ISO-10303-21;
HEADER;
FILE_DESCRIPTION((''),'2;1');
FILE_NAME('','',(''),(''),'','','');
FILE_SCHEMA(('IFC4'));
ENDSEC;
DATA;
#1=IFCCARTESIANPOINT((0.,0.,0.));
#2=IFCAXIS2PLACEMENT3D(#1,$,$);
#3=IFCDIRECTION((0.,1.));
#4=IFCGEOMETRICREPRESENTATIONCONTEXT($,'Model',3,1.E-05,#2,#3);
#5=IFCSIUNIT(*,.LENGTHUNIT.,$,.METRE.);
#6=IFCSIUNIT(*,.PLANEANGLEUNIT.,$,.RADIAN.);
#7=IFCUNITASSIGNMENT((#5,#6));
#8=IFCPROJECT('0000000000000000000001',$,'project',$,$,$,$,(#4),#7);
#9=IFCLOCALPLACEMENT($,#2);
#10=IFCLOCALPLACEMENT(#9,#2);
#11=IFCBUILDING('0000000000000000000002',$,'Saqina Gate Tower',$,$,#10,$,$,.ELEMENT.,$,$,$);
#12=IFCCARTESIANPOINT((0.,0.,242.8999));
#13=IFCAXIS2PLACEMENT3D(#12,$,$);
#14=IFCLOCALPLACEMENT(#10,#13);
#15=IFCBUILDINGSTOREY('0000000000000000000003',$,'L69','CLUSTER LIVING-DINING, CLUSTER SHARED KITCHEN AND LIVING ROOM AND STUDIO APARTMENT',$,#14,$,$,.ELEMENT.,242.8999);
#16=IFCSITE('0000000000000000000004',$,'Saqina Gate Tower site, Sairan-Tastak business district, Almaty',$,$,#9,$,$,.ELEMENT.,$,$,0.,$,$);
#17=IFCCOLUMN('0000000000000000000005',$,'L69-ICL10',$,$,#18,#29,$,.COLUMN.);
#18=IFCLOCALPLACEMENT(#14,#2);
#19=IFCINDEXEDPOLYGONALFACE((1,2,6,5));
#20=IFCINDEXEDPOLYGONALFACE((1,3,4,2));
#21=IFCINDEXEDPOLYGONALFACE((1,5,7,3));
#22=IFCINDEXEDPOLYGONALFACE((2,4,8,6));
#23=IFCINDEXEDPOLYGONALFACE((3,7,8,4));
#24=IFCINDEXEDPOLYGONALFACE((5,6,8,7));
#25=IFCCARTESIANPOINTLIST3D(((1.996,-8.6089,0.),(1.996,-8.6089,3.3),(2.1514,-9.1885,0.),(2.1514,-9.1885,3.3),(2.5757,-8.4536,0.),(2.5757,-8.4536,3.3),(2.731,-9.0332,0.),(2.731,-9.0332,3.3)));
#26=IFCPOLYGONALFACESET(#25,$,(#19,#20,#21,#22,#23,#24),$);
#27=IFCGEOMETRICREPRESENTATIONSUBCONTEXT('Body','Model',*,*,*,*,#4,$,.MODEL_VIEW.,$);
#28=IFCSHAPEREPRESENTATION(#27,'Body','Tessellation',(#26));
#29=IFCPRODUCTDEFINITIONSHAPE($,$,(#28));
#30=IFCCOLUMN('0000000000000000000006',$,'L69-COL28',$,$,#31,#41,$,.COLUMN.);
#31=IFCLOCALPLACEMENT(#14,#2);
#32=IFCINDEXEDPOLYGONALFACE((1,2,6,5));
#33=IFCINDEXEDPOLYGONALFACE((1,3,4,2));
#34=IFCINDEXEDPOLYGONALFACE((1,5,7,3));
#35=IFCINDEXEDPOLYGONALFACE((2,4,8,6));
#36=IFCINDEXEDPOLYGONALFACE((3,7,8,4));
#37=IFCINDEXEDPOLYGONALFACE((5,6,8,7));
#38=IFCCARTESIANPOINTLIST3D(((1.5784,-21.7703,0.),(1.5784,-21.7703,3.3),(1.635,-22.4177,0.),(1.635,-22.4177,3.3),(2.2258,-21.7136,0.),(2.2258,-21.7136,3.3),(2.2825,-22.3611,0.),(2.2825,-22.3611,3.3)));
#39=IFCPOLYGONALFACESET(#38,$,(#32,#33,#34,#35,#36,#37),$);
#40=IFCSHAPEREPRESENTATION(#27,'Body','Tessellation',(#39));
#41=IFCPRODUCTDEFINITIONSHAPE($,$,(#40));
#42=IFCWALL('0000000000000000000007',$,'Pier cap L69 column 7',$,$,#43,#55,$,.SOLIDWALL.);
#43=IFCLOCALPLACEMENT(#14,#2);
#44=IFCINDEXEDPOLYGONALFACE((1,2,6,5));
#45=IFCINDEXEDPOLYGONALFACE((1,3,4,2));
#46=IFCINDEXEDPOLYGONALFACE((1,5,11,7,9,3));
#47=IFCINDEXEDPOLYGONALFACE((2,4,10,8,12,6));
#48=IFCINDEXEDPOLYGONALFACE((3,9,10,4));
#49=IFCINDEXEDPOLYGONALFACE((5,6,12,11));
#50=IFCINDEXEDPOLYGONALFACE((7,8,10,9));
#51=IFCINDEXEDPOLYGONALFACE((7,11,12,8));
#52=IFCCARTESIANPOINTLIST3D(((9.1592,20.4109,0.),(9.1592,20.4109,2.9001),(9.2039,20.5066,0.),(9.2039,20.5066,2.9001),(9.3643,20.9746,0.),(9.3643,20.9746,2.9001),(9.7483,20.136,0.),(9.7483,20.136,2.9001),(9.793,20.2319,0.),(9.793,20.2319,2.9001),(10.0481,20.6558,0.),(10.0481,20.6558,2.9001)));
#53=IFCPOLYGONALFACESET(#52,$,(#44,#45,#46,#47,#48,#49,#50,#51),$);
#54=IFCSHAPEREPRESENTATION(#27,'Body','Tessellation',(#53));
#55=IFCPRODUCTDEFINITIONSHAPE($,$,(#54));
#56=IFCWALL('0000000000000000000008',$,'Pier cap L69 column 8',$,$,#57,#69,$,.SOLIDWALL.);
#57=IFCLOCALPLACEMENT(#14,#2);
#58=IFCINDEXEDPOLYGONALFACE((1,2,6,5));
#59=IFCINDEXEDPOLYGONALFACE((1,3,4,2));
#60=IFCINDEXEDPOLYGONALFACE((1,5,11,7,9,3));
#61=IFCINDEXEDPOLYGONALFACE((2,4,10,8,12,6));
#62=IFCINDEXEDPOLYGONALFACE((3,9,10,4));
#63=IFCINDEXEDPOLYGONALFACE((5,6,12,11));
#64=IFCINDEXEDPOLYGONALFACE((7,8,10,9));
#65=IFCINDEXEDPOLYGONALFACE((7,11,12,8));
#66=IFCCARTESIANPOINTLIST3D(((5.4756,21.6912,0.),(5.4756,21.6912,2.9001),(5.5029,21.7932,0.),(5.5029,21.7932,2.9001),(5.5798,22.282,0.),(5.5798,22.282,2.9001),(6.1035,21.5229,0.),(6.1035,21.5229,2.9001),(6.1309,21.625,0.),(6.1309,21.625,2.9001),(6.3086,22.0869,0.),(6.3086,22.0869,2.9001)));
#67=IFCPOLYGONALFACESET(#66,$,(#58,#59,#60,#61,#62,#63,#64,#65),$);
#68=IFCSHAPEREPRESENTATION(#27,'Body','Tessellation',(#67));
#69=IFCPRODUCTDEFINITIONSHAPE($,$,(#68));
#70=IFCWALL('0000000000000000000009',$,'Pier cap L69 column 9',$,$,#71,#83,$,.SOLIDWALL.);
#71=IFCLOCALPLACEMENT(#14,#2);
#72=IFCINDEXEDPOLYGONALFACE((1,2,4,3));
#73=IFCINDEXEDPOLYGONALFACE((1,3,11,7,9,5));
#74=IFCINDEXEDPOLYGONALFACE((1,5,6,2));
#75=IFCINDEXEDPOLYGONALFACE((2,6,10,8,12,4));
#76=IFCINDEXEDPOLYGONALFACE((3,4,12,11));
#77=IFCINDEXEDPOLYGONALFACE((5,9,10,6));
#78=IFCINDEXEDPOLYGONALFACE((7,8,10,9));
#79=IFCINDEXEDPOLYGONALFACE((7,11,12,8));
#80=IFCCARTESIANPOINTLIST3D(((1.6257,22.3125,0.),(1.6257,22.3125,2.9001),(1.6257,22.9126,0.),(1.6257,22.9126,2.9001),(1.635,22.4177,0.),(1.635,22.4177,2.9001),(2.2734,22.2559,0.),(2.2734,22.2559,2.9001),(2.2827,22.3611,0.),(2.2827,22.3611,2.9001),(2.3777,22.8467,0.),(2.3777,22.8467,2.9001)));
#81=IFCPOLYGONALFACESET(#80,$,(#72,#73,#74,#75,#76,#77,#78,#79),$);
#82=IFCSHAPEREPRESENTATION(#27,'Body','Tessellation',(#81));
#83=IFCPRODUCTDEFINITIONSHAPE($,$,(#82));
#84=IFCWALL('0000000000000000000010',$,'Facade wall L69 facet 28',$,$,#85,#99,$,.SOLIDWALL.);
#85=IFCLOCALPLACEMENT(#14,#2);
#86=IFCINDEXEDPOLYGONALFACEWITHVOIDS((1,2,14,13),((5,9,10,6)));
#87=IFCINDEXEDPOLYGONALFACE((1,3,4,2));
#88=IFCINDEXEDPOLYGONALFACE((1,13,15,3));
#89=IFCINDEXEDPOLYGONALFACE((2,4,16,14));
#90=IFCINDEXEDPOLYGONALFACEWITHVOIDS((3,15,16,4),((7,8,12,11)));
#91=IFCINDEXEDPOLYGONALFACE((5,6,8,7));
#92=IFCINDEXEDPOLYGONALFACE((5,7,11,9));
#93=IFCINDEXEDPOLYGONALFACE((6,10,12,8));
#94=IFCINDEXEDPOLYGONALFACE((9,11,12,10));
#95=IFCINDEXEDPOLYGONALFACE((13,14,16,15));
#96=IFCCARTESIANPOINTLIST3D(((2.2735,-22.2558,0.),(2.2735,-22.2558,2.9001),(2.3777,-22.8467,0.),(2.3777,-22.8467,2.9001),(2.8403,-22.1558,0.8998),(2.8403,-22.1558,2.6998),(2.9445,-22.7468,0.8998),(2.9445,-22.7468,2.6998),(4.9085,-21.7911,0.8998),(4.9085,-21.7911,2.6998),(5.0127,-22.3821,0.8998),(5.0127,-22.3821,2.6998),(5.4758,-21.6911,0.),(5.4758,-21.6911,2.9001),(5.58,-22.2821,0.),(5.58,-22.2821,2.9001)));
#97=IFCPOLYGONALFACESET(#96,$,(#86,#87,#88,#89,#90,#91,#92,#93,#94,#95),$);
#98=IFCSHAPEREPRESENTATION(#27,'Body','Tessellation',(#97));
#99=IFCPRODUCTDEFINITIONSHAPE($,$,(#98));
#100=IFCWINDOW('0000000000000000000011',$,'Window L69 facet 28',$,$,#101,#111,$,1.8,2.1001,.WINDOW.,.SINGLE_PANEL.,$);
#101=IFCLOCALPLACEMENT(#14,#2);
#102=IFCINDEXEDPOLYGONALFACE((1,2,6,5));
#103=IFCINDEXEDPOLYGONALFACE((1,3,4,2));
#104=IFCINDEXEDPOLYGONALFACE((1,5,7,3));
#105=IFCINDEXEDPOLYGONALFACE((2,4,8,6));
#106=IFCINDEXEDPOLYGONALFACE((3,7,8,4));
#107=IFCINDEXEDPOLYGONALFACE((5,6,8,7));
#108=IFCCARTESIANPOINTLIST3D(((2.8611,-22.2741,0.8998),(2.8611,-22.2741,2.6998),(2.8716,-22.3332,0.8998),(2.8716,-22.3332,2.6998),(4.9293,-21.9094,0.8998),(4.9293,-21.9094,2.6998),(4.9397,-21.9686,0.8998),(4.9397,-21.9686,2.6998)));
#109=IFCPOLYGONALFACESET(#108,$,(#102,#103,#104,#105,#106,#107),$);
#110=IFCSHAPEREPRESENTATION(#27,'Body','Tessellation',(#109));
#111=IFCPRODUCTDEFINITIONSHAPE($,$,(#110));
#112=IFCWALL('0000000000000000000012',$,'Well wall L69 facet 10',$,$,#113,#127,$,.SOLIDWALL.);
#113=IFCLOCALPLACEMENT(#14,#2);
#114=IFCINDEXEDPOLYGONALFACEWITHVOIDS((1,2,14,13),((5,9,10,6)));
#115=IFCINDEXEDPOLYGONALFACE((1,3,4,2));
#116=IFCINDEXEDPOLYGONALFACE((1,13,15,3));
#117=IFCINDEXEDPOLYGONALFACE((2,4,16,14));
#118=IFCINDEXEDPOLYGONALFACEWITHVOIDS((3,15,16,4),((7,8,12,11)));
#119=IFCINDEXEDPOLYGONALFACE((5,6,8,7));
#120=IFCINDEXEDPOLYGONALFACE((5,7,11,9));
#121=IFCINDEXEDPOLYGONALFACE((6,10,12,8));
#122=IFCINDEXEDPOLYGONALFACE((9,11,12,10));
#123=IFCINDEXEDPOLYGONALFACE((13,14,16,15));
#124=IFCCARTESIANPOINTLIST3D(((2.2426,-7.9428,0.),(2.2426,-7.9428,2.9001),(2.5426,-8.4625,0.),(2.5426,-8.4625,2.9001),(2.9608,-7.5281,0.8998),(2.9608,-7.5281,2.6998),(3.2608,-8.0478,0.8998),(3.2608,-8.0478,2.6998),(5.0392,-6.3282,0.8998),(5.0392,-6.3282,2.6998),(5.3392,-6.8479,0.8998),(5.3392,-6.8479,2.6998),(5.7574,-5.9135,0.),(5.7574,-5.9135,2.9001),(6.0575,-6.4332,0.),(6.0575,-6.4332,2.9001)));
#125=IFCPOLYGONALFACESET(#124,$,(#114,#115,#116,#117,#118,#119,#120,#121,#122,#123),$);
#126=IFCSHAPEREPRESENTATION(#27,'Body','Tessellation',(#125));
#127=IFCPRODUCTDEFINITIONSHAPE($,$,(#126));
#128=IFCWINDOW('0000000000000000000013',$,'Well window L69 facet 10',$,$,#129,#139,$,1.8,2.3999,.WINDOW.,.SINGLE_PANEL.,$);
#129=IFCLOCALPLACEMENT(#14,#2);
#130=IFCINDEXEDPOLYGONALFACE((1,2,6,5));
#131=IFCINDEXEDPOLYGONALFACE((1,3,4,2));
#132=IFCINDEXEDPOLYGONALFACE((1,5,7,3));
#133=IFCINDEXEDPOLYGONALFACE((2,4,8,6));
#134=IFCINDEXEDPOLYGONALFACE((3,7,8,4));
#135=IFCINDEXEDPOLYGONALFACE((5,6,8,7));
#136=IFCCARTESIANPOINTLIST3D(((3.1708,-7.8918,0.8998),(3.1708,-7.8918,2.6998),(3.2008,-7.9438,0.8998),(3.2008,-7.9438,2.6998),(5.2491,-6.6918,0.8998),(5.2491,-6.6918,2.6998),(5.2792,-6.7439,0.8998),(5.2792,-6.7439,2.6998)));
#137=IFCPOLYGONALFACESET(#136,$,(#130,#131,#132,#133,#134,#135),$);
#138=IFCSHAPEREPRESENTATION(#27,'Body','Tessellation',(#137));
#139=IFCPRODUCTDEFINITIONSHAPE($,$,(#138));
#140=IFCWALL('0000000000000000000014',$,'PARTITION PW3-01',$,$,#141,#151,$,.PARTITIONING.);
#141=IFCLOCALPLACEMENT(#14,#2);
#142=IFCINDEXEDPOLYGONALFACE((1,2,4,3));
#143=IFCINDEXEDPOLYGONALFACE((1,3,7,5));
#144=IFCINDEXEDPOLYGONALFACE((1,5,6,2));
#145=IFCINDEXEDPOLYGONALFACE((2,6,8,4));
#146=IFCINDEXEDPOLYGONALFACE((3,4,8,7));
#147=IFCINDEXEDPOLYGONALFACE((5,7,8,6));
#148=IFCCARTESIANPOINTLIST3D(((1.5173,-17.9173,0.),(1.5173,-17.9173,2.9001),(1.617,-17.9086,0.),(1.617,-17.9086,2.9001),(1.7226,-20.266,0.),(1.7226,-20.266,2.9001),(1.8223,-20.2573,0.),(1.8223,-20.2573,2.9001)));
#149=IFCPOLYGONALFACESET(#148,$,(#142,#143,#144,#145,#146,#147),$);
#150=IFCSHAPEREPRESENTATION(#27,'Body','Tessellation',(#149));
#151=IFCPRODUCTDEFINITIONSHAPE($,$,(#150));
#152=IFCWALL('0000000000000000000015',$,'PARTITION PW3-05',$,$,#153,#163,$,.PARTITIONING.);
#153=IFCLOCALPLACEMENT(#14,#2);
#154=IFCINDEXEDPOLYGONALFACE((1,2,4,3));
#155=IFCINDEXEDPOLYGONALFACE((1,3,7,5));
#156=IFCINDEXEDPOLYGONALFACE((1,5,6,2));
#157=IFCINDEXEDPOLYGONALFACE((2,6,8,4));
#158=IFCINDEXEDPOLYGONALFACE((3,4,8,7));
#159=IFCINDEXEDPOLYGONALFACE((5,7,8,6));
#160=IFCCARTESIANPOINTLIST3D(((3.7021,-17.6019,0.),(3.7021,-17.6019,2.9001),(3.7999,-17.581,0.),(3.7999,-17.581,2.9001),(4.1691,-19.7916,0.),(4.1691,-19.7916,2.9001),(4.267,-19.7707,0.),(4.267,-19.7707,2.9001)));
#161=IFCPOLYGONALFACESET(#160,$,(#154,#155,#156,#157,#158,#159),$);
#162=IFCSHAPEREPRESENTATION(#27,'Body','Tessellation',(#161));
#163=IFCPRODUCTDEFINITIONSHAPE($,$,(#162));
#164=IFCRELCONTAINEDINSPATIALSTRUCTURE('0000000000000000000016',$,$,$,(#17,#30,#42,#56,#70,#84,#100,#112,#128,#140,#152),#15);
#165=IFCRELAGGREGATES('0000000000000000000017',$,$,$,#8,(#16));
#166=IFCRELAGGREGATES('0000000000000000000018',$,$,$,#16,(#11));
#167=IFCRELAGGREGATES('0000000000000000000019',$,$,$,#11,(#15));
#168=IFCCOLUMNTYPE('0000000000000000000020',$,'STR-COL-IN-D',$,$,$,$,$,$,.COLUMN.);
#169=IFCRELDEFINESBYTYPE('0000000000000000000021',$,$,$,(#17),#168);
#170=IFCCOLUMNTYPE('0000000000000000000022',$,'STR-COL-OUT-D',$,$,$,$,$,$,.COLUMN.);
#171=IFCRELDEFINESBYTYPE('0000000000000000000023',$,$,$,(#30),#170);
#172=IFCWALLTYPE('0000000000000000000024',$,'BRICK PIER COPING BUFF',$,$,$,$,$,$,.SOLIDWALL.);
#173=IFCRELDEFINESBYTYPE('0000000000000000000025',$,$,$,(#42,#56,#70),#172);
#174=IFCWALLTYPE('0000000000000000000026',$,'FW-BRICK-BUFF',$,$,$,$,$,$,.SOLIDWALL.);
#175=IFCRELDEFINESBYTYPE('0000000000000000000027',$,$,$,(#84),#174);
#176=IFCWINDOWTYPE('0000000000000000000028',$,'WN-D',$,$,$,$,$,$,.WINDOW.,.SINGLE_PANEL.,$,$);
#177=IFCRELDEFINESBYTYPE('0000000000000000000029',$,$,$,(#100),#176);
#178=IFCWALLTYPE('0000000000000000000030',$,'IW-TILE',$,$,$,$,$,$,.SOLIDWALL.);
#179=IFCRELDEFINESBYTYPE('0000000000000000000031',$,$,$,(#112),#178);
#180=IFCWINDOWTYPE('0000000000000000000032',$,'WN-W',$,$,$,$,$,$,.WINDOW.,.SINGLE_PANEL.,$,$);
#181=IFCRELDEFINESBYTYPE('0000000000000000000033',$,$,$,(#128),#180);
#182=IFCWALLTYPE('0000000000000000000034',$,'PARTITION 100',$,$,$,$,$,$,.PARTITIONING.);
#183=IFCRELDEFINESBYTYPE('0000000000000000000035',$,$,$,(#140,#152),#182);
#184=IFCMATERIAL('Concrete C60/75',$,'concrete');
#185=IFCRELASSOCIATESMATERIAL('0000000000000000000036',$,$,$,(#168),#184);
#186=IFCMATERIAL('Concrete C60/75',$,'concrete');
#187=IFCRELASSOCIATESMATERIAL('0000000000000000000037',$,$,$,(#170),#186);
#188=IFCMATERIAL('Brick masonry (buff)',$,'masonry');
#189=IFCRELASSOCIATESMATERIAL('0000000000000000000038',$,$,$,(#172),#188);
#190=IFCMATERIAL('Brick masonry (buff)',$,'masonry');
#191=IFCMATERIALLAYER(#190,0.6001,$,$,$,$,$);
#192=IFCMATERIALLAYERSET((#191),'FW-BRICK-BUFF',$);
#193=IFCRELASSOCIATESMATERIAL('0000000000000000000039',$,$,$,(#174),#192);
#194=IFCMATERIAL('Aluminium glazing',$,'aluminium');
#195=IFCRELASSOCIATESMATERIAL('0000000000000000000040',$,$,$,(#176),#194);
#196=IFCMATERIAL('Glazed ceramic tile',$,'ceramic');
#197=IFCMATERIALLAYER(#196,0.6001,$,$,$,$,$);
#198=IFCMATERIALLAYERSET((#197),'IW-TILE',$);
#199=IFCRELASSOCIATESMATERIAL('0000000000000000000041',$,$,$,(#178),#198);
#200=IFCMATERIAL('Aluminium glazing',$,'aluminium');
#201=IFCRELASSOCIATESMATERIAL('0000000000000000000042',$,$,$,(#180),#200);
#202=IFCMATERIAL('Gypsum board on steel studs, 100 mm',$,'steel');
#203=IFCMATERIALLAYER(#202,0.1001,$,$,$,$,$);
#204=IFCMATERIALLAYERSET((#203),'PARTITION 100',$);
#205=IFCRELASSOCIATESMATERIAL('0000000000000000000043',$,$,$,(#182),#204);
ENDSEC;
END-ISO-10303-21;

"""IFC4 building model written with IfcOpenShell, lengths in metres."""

from ifc_helpers import new_model, si_unit, direction, frame, frame_2d, origin, origin_2d, place, context, subcontext, project, spatial, polyline, rectangle, outline, extrude, material, layer, layer_set, material_profile, profile_set, type_object, element, fill, save


model = new_model("IFC4")

# Units and contexts
model_context = context("Model", 3, precision=1e-05, world=origin(), true_north=direction((0.0, 1.0)))
body_context = subcontext(model_context, "Body", "Model", "MODEL_VIEW")
ifc_project = project(units=[si_unit("LENGTHUNIT", "METRE"), si_unit("PLANEANGLEUNIT", "RADIAN")], contexts=[model_context])

# Site, building, storey
site_placement = place(None, origin())
site = spatial("IfcSite", under=ifc_project, at=site_placement, Name="Saqina Gate Tower site, Sairan-Tastak business district, Almaty", CompositionType="ELEMENT", RefElevation=0.0)
building_placement = place(site_placement, origin())
building = spatial("IfcBuilding", under=site, at=building_placement, Name="Saqina Gate Tower", CompositionType="ELEMENT")
storey_placement = place(building_placement, frame((0.0, 0.0, 242.8999)))
storey = spatial("IfcBuildingStorey", under=building, at=storey_placement, Name="L69", Description="CLUSTER LIVING-DINING, CLUSTER SHARED KITCHEN AND LIVING ROOM AND STUDIO APARTMENT", CompositionType="ELEMENT", Elevation=242.8999)

# Columns
ifc_material_1 = material(Name="Concrete C60/75", Category="concrete")
ifc_material_profile_1 = material_profile(ifc_material_1, rectangle(XDim=0.6001, YDim=0.6001, at=origin_2d()), Name="RC 600x600")
ifc_profile_set_1 = profile_set([ifc_material_profile_1], Name="Concrete C60/75")
column_type_1 = type_object("IfcColumnType", Name="STR-COL-IN-D", PredefinedType="COLUMN", material=ifc_profile_set_1)
column_1_placement = place(storey_placement, frame((2.3635, -8.821, 0.0), z_axis=(0.0, 0.0, 1.0), x_axis=(0.258819, -0.965926, 0.0)))
element("IfcColumn", 1, at=column_1_placement, inside=storey, type_object=column_type_1, Name="L69-ICL10", PredefinedType="COLUMN", context=body_context, shape_type="SweptSolid", body=[
    extrude(rectangle(XDim=0.6001, YDim=0.6001, at=origin_2d()), origin(), (0.0, 0.0, 1.0), 3.3),
])
ifc_material_2 = material(Name="Concrete C60/75", Category="concrete")
ifc_material_profile_2 = material_profile(ifc_material_2, rectangle(XDim=0.6499, YDim=0.6499, at=origin_2d()), Name="RC 650x650")
ifc_profile_set_2 = profile_set([ifc_material_profile_2], Name="Concrete C60/75")
column_type_2 = type_object("IfcColumnType", Name="STR-COL-OUT-D", PredefinedType="COLUMN", material=ifc_profile_set_2)
column_2_placement = place(storey_placement, frame((1.9304, -22.0657, 0.0), z_axis=(0.0, 0.0, 1.0), x_axis=(0.087156, -0.996195, 0.0)))
element("IfcColumn", 2, at=column_2_placement, inside=storey, type_object=column_type_2, Name="L69-COL28", PredefinedType="COLUMN", context=body_context, shape_type="SweptSolid", body=[
    extrude(rectangle(XDim=0.6499, YDim=0.6499, at=origin_2d()), origin(), (0.0, 0.0, 1.0), 3.3),
])

# Walls
ifc_material_3 = material(Name="Brick masonry (buff)", Category="masonry")
wall_type_1 = type_object("IfcWallType", Name="BRICK PIER COPING BUFF", PredefinedType="SOLIDWALL", material=ifc_material_3)
wall_1_placement = place(storey_placement, origin())
element("IfcWall", 3, at=wall_1_placement, inside=storey, type_object=wall_type_1, Name="Pier cap L69 column 7", PredefinedType="SOLIDWALL", context=body_context, shape_type="SweptSolid", body=[
    extrude(outline(polyline([(10.0481, 20.6558), (9.3643, 20.9746), (9.1592, 20.4109), (9.2039, 20.5066), (9.793, 20.2319), (9.7483, 20.136), (10.0481, 20.6558)])), origin(), (0.0, 0.0, 1.0), 2.9001),
])
wall_2_placement = place(storey_placement, origin())
element("IfcWall", 4, at=wall_2_placement, inside=storey, type_object=wall_type_1, Name="Pier cap L69 column 8", PredefinedType="SOLIDWALL", context=body_context, shape_type="SweptSolid", body=[
    extrude(outline(polyline([(5.5798, 22.282), (5.4756, 21.6912), (5.5029, 21.7932), (6.1309, 21.625), (6.1035, 21.5229), (6.3086, 22.0869), (5.5798, 22.282)])), origin(), (0.0, 0.0, 1.0), 2.9001),
])
wall_3_placement = place(storey_placement, origin())
element("IfcWall", 5, at=wall_3_placement, inside=storey, type_object=wall_type_1, Name="Pier cap L69 column 9", PredefinedType="SOLIDWALL", context=body_context, shape_type="SweptSolid", body=[
    extrude(outline(polyline([(2.3777, 22.8467), (1.6257, 22.9126), (1.6257, 22.3125), (1.635, 22.4177), (2.2827, 22.3611), (2.2734, 22.2559), (2.3777, 22.8467)])), origin(), (0.0, 0.0, 1.0), 2.9001),
])

# Walls, openings, windows
ifc_material_4 = material(Name="Brick masonry (buff)", Category="masonry")
ifc_layer_1 = layer(ifc_material_4, 0.6001)
ifc_layer_set_1 = layer_set([ifc_layer_1], Name="FW-BRICK-BUFF")
wall_type_2 = type_object("IfcWallType", Name="FW-BRICK-BUFF", PredefinedType="SOLIDWALL", material=ifc_layer_set_1)
wall_4_placement = place(storey_placement, frame((2.3254, -22.5513, 0.0), z_axis=(0.0, 0.0, 1.0), x_axis=(0.984806, 0.173657, 0.0)))
wall_4 = element("IfcWall", 6, at=wall_4_placement, inside=storey, type_object=wall_type_2, Name="Facade wall L69 facet 28", PredefinedType="SOLIDWALL", context=body_context, shape_type="SweptSolid", body=[
    extrude(rectangle(XDim=3.2517, YDim=0.6001, at=frame_2d((1.626, 0.0))), origin(), (0.0, 0.0, 1.0), 2.9001),
])
opening_1_placement = place(wall_4_placement, frame((0.5757, 0.0, 0.8999)))
opening_1 = element("IfcOpeningElement", 7, at=opening_1_placement, cuts=wall_4, PredefinedType="OPENING", context=body_context, shape_type="SweptSolid", body=[
    extrude(rectangle(XDim=2.1001, YDim=1.8, at=frame_2d((1.05, 0.8999))), frame((0.0, 0.312, 0.0), z_axis=(0.0, -1.0, 0.0), x_axis=(1.0, 0.0, 0.0)), (0.0, 0.0, 1.0), 0.624),
])
ifc_material_5 = material(Name="Aluminium glazing", Category="aluminium")
window_type_1 = type_object("IfcWindowType", Name="WN-D", PartitioningType="SINGLE_PANEL", PredefinedType="WINDOW", material=ifc_material_5)
window_1_placement = place(opening_1_placement, origin())
window_1 = element("IfcWindow", 8, at=window_1_placement, inside=storey, type_object=window_type_1, Name="Window L69 facet 28", OverallHeight=1.8, OverallWidth=2.1001, PartitioningType="SINGLE_PANEL", PredefinedType="WINDOW", context=body_context, shape_type="SweptSolid", body=[
    extrude(rectangle(XDim=2.1001, YDim=1.8, at=frame_2d((1.05, 0.8999))), frame((0.0, 0.1799, 0.0), z_axis=(0.0, -1.0, 0.0), x_axis=(1.0, 0.0, 0.0)), (0.0, 0.0, 1.0), 0.0601),
])
fill(opening_1, window_1)
ifc_material_6 = material(Name="Glazed ceramic tile", Category="ceramic")
ifc_layer_2 = layer(ifc_material_6, 0.6001)
ifc_layer_set_2 = layer_set([ifc_layer_2], Name="IW-TILE")
wall_type_3 = type_object("IfcWallType", Name="IW-TILE", PredefinedType="SOLIDWALL", material=ifc_layer_set_2)
wall_5_placement = place(storey_placement, frame((2.3926, -8.2026, 0.0), z_axis=(0.0, 0.0, 1.0), x_axis=(0.866028, 0.499995, 0.0)))
wall_5 = element("IfcWall", 9, at=wall_5_placement, inside=storey, type_object=wall_type_3, Name="Well wall L69 facet 10", PredefinedType="SOLIDWALL", context=body_context, shape_type="SweptSolid", body=[
    extrude(rectangle(XDim=4.0586, YDim=0.6001, at=frame_2d((2.0293, 0.0))), origin(), (0.0, 0.0, 1.0), 2.9001),
])
opening_2_placement = place(wall_5_placement, frame((0.8293, 0.0, 0.8999)))
opening_2 = element("IfcOpeningElement", 10, at=opening_2_placement, cuts=wall_5, PredefinedType="OPENING", context=body_context, shape_type="SweptSolid", body=[
    extrude(rectangle(XDim=2.3999, YDim=1.8, at=frame_2d((1.2, 0.8999))), frame((0.0, 0.312, 0.0), z_axis=(0.0, -1.0, 0.0), x_axis=(1.0, 0.0, 0.0)), (0.0, 0.0, 1.0), 0.624),
])
ifc_material_7 = material(Name="Aluminium glazing", Category="aluminium")
window_type_2 = type_object("IfcWindowType", Name="WN-W", PartitioningType="SINGLE_PANEL", PredefinedType="WINDOW", material=ifc_material_7)
window_2_placement = place(opening_2_placement, origin())
window_2 = element("IfcWindow", 11, at=window_2_placement, inside=storey, type_object=window_type_2, Name="Well window L69 facet 10", OverallHeight=1.8, OverallWidth=2.3999, PartitioningType="SINGLE_PANEL", PredefinedType="WINDOW", context=body_context, shape_type="SweptSolid", body=[
    extrude(rectangle(XDim=2.3999, YDim=1.8, at=frame_2d((1.2, 0.8999))), frame((0.0, -0.1199, 0.0), z_axis=(0.0, -1.0, 0.0), x_axis=(1.0, 0.0, 0.0)), (0.0, 0.0, 1.0), 0.0601),
])
fill(opening_2, window_2)

# Walls
ifc_material_8 = material(Name="Gypsum board on steel studs, 100 mm", Category="steel")
ifc_layer_3 = layer(ifc_material_8, 0.1001)
ifc_layer_set_3 = layer_set([ifc_layer_3], Name="PARTITION 100")
wall_type_4 = type_object("IfcWallType", Name="PARTITION 100", PredefinedType="PARTITIONING", material=ifc_layer_set_3)
wall_6_placement = place(storey_placement, frame((1.5671, -17.9131, 0.0), z_axis=(0.0, 0.0, 1.0), x_axis=(0.08709, -0.9962, 0.0)))
element("IfcWall", 12, at=wall_6_placement, inside=storey, type_object=wall_type_4, Name="PARTITION PW3-01", PredefinedType="PARTITIONING", context=body_context, shape_type="SweptSolid", body=[
    extrude(rectangle(XDim=2.3577, YDim=0.1001, at=frame_2d((1.1787, 0.0))), origin(), (0.0, 0.0, 1.0), 2.9001),
])
wall_7_placement = place(storey_placement, frame((3.751, -17.5913, 0.0), z_axis=(0.0, 0.0, 1.0), x_axis=(0.208598, -0.978001, 0.0)))
element("IfcWall", 13, at=wall_7_placement, inside=storey, type_object=wall_type_4, Name="PARTITION PW3-05", PredefinedType="PARTITIONING", context=body_context, shape_type="SweptSolid", body=[
    extrude(rectangle(XDim=2.239, YDim=0.1001, at=frame_2d((1.1196, 0.0))), origin(), (0.0, 0.0, 1.0), 2.9001),
])

save(model, "model.ifc")
